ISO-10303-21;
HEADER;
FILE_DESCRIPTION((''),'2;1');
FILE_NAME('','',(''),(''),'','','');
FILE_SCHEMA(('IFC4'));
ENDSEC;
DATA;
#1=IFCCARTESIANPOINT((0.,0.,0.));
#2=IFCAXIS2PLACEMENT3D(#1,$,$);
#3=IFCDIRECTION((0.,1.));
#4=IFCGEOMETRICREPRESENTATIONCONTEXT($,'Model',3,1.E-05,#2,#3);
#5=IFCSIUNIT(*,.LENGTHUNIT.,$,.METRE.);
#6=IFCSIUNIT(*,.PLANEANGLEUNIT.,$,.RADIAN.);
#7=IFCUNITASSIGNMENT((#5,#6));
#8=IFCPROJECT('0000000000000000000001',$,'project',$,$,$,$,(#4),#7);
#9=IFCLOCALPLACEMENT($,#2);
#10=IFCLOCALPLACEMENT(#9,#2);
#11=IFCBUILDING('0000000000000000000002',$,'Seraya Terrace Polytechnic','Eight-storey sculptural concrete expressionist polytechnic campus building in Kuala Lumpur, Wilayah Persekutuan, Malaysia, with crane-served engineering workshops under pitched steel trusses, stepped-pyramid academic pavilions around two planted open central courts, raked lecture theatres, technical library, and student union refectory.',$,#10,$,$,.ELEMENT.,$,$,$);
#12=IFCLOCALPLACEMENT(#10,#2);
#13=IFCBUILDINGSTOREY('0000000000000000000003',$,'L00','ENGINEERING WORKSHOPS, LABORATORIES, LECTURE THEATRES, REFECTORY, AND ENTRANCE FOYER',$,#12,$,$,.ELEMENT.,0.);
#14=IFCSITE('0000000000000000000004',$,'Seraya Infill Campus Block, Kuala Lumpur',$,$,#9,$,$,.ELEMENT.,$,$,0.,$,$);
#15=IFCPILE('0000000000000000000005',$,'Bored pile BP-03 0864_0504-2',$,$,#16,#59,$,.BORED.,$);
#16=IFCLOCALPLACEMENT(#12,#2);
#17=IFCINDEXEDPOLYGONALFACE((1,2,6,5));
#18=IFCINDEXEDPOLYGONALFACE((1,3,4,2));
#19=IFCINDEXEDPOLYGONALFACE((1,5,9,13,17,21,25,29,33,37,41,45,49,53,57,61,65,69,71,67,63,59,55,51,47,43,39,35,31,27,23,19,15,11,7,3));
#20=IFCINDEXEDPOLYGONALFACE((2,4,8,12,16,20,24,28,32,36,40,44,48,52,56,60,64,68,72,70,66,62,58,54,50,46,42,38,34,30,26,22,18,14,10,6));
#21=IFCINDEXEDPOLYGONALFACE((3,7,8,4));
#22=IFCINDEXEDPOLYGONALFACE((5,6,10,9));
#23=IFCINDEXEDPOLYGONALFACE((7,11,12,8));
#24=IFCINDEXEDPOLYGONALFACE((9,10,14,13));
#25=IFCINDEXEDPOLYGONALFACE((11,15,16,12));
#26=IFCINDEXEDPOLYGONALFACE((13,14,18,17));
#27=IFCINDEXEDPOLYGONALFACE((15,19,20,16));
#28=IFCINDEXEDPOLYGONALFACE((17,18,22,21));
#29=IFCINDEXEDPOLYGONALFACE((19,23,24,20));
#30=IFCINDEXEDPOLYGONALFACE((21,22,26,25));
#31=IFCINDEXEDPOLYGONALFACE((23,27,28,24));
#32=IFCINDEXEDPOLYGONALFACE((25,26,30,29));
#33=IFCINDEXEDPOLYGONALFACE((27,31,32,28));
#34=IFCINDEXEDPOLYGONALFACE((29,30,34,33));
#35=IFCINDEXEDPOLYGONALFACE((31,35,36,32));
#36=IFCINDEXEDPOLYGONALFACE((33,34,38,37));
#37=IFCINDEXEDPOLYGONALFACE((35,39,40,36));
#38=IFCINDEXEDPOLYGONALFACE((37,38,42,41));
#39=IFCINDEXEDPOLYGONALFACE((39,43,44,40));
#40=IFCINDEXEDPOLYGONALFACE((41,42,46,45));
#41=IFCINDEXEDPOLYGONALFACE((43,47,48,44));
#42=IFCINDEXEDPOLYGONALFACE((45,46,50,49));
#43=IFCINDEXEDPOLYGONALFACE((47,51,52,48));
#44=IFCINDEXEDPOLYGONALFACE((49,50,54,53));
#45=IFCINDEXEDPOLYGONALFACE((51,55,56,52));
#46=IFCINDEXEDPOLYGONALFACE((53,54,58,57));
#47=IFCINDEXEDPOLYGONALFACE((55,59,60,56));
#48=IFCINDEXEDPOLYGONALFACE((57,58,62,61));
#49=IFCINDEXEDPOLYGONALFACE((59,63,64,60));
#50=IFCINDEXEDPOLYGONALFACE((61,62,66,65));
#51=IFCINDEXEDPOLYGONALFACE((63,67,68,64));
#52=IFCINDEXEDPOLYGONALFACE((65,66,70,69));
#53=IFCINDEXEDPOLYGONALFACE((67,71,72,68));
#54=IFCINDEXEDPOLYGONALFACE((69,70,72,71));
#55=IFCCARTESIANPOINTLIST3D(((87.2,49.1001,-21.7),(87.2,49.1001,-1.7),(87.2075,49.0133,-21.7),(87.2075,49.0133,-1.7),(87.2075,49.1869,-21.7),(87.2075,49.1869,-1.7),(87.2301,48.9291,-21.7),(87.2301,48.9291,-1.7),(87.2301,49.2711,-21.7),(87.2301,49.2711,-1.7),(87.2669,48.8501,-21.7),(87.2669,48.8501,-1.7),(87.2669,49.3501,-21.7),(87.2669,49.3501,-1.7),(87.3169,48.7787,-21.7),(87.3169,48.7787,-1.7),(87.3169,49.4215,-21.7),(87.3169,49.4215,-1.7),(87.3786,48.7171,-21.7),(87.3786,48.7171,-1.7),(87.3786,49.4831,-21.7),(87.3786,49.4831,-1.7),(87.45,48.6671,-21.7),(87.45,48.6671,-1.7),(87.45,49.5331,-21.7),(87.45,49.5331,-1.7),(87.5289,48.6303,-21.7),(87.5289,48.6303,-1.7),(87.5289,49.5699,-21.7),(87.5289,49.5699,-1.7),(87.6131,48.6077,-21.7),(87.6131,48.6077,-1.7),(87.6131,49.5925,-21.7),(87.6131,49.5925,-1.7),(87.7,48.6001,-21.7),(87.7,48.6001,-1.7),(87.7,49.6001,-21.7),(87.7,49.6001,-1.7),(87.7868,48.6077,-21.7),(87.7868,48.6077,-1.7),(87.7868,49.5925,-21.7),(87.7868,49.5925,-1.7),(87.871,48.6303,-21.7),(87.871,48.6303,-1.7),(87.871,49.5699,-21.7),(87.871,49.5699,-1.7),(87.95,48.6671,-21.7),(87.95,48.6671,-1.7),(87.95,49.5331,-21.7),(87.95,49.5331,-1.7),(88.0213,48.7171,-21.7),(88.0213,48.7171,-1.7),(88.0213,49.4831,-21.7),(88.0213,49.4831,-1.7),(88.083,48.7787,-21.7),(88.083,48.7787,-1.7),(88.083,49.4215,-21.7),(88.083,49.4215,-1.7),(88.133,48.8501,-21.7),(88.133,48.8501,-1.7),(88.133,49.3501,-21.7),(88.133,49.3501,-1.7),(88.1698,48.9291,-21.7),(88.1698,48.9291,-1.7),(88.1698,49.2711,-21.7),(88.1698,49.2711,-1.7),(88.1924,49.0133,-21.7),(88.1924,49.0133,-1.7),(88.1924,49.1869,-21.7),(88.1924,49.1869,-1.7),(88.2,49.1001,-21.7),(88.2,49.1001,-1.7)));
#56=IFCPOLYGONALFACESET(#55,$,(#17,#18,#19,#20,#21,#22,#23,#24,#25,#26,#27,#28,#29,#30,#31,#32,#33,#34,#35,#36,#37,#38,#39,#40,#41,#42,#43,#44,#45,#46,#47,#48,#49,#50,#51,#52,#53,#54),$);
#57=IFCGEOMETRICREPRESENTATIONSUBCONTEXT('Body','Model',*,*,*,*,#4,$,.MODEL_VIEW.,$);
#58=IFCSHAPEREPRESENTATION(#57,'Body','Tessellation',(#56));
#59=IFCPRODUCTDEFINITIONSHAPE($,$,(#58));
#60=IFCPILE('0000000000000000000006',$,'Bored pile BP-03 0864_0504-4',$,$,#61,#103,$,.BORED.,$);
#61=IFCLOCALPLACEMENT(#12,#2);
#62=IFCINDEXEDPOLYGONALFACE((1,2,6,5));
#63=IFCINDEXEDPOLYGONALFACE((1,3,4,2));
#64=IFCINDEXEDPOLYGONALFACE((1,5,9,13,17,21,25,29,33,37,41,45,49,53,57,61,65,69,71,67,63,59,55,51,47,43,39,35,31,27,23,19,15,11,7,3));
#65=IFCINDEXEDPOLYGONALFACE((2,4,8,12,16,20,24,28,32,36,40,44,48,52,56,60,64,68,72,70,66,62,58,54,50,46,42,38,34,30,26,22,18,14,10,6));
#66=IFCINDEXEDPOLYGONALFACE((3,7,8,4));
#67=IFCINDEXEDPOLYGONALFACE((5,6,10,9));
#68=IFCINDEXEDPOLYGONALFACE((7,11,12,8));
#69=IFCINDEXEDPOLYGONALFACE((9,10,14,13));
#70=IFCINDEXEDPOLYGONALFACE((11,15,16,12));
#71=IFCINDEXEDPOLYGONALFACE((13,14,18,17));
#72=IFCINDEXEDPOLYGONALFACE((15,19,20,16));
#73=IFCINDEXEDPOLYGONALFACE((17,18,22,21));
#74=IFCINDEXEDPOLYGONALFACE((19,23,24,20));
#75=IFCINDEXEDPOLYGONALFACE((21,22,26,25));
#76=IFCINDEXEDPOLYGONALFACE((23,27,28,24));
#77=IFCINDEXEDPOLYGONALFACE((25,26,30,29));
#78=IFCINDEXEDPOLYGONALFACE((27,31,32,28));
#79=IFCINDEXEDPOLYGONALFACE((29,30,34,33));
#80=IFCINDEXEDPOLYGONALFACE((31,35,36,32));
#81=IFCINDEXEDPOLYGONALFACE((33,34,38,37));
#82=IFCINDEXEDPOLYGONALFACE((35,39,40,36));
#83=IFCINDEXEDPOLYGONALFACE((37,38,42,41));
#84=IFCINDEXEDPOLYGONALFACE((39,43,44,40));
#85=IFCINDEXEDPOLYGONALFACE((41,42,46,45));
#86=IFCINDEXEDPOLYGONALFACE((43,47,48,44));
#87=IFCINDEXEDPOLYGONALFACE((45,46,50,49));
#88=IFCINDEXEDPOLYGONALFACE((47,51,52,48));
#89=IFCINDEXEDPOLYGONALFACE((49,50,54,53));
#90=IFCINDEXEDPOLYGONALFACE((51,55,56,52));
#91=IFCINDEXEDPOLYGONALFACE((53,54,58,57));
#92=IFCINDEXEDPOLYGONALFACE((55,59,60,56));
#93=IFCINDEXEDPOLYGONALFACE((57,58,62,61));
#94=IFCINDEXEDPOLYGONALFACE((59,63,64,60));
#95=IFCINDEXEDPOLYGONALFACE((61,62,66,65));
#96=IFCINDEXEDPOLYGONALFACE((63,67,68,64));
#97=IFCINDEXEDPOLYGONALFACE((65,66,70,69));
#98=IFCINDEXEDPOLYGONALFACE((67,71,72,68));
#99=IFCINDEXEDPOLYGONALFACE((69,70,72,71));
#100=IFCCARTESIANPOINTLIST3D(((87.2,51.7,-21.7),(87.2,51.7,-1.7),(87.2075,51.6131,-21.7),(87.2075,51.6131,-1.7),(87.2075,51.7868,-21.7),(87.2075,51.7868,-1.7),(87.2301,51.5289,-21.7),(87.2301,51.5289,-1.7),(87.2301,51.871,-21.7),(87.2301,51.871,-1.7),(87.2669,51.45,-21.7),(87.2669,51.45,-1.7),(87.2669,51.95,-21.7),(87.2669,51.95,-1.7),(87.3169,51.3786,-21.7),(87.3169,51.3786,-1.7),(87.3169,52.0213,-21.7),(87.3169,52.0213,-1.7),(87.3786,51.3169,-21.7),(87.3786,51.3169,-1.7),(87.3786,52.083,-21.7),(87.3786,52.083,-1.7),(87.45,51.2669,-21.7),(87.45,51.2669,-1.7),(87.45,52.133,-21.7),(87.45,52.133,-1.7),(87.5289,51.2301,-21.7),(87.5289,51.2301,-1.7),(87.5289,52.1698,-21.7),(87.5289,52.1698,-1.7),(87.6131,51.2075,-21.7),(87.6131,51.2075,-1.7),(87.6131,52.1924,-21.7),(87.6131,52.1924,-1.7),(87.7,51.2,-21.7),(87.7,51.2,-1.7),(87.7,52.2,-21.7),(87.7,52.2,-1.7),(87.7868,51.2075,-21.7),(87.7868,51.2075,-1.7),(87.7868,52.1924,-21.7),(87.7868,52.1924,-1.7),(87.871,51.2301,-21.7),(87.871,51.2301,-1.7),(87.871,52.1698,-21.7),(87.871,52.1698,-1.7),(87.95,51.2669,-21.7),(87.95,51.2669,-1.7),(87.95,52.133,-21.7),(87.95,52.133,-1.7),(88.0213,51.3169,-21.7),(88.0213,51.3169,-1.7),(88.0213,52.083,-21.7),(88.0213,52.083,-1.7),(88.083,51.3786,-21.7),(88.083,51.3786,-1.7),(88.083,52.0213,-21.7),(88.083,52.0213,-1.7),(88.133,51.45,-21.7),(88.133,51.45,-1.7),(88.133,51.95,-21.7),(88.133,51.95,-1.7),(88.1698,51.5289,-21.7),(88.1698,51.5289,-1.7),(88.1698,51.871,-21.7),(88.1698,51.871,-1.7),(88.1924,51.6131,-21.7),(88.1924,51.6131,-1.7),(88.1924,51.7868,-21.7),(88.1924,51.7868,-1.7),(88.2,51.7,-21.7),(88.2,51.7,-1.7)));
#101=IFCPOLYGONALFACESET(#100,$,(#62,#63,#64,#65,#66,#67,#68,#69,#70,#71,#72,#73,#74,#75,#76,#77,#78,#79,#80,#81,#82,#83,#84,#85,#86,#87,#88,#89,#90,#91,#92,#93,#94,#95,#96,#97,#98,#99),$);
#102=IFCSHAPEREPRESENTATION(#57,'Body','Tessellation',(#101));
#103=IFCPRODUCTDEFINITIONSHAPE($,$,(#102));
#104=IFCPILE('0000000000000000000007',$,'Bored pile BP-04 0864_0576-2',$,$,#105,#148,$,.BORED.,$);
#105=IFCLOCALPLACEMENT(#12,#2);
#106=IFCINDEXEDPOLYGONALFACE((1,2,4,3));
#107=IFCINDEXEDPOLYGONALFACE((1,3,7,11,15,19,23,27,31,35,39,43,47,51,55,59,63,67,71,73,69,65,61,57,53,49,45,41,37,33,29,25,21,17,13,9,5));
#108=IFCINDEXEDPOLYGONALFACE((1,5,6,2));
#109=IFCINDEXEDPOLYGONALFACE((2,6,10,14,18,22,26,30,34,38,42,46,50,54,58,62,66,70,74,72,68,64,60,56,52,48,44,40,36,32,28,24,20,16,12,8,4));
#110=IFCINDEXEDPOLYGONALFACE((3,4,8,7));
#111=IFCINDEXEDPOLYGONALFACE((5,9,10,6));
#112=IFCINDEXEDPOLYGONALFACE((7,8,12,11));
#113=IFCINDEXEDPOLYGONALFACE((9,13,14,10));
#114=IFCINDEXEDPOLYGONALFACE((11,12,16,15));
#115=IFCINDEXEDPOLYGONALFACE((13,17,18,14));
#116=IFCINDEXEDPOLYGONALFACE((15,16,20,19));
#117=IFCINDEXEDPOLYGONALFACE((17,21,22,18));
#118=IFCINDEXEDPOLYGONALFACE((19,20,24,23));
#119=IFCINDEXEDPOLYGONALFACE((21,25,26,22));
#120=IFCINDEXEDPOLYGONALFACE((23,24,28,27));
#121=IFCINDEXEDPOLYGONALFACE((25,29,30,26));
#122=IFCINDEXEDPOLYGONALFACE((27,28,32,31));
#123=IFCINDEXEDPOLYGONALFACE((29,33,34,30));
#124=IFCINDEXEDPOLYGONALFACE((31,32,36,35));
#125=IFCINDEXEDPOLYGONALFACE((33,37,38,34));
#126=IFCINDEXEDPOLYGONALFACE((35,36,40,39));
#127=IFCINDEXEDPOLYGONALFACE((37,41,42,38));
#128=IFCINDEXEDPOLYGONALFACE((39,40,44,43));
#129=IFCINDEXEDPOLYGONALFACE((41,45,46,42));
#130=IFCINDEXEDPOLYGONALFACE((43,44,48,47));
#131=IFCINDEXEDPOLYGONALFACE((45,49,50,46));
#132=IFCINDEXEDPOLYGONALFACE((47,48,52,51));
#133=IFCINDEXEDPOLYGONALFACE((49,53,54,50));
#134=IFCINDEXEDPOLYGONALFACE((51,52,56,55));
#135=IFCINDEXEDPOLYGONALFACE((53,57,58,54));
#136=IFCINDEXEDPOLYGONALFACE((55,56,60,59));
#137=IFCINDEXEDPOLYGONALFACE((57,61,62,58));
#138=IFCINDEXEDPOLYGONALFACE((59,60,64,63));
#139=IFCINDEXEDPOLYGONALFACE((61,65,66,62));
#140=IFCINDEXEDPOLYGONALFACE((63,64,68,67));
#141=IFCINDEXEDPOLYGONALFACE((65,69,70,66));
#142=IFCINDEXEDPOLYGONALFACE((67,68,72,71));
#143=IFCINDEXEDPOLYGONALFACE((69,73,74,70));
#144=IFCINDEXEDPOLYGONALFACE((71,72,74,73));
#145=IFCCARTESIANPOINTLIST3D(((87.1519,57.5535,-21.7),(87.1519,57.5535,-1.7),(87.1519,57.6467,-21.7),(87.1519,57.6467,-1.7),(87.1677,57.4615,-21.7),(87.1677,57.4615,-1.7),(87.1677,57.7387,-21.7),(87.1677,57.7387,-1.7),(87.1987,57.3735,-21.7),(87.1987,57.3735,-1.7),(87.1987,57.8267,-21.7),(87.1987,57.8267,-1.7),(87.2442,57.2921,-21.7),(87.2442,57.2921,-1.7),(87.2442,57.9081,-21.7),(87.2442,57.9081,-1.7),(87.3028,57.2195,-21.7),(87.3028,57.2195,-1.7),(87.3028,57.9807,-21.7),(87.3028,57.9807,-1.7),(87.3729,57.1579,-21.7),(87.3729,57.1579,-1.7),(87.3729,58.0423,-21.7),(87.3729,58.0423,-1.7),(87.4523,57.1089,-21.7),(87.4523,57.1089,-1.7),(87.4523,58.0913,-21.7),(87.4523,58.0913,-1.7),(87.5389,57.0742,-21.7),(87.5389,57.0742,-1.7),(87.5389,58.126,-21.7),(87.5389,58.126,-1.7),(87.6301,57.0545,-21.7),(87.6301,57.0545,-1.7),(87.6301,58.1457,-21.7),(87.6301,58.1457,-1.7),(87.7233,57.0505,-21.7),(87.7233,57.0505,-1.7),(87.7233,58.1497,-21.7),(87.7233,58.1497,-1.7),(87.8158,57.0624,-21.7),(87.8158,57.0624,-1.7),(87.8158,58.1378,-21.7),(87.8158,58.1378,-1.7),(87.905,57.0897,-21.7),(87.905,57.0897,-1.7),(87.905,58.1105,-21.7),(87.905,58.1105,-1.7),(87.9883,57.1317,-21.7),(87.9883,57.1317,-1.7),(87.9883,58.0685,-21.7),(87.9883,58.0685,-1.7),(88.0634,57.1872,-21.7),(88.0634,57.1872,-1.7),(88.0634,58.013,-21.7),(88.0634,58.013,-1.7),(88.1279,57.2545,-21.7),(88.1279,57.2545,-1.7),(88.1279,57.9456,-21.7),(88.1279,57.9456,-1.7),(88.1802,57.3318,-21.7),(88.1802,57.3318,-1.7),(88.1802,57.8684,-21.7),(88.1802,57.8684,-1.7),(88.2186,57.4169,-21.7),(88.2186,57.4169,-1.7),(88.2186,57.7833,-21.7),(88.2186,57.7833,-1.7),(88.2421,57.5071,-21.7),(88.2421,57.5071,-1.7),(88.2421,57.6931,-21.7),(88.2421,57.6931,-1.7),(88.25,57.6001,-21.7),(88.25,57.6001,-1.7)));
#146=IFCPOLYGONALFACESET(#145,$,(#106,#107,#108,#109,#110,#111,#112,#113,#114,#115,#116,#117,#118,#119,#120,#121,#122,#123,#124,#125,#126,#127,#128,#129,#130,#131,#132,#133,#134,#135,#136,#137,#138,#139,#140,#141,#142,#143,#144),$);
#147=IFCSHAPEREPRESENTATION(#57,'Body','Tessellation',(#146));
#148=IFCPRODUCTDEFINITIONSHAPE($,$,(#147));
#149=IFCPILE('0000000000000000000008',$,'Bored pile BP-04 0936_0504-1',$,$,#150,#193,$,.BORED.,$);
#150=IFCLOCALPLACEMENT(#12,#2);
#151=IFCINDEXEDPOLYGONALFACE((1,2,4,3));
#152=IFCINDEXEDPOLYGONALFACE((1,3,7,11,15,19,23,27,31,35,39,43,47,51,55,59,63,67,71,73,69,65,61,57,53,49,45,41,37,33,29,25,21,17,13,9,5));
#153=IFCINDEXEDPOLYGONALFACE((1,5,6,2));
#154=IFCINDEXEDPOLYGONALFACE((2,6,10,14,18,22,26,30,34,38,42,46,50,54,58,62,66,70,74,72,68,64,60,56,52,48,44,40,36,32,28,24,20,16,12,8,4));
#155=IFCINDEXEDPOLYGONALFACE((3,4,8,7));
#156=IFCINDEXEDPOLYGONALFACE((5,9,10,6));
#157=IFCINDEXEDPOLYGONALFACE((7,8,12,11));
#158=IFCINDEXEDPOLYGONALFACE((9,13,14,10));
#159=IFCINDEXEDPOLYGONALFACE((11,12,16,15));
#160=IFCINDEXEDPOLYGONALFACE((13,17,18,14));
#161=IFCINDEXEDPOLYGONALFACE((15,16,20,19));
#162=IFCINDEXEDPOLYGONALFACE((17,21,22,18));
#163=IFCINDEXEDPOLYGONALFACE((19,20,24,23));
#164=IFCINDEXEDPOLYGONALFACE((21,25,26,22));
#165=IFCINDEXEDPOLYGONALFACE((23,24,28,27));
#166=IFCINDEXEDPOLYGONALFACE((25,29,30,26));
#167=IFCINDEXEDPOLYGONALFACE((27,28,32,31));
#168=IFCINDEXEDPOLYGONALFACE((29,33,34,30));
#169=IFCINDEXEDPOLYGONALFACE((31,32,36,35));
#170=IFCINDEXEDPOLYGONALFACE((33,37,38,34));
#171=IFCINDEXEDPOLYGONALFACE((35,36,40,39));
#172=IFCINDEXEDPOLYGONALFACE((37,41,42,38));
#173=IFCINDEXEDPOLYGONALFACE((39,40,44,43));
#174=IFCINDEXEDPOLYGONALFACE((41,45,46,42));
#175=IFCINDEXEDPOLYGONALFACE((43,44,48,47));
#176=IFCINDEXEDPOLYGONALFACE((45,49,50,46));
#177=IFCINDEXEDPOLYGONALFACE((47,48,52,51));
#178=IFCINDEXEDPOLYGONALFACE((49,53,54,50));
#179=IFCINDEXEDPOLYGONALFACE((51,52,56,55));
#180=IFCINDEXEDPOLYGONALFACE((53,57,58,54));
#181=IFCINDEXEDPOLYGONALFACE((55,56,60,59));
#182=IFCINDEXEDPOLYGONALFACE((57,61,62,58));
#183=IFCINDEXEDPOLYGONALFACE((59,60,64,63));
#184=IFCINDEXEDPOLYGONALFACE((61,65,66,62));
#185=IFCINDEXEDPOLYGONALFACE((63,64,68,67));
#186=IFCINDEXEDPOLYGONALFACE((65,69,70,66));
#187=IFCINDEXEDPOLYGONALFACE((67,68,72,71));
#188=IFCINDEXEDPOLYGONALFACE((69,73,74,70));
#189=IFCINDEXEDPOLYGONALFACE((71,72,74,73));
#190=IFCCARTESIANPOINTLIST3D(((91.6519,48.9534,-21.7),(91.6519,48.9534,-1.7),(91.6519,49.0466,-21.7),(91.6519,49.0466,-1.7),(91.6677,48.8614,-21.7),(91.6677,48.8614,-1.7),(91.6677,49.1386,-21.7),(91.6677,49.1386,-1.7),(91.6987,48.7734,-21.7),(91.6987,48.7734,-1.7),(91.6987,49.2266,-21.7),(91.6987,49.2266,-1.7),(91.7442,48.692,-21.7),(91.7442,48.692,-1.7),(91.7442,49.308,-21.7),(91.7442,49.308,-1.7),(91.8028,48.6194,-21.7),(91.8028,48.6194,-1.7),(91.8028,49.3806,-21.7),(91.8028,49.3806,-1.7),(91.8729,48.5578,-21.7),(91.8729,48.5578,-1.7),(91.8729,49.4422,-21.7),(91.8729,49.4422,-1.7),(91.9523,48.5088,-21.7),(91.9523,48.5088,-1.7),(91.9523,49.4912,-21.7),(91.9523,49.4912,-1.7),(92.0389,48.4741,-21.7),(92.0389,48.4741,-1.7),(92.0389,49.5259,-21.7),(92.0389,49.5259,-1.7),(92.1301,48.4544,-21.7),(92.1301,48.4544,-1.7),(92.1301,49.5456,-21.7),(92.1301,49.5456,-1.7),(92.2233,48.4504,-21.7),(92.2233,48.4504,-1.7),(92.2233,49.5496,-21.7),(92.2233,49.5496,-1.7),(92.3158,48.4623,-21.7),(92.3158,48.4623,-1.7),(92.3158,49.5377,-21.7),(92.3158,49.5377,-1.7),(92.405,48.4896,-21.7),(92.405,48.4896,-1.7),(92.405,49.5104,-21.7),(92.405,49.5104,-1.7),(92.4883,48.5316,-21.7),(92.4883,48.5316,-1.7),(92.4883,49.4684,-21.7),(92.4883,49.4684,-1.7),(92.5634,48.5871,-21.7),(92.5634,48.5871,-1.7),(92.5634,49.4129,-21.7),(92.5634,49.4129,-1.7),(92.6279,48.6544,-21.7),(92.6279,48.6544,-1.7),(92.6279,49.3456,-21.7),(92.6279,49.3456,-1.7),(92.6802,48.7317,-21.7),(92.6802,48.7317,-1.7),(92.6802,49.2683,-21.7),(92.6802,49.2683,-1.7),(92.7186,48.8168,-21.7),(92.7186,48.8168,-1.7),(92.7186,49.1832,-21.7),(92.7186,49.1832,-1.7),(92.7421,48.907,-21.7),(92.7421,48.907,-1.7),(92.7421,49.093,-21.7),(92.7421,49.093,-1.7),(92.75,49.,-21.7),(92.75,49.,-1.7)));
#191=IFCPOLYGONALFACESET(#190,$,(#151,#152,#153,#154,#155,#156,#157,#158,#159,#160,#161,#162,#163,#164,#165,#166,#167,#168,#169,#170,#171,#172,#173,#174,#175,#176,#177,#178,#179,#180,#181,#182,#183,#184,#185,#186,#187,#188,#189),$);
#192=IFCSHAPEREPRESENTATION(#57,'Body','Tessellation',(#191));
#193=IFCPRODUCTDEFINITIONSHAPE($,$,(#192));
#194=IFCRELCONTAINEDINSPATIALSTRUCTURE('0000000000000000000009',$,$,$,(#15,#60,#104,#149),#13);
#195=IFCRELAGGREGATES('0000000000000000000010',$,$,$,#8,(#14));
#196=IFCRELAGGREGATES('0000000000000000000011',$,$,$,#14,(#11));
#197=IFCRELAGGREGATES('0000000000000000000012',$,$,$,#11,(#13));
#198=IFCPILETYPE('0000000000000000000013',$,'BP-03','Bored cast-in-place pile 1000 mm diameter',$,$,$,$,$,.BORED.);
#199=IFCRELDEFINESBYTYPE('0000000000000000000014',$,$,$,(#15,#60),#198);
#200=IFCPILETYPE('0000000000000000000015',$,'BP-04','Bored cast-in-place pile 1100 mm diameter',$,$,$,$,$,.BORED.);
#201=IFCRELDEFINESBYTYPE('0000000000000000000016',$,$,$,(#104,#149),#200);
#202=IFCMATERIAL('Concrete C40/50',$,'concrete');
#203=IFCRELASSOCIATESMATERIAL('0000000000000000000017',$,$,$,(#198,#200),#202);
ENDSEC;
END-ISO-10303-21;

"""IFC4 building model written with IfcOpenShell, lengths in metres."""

from ifc_helpers import new_model, si_unit, direction, frame, origin, origin_2d, place, context, subcontext, project, spatial, circle, extrude, material, material_profile, profile_set, type_object, element, save


model = new_model("IFC4")

# Units and contexts
model_context = context("Model", 3, precision=1e-05, world=origin(), true_north=direction((0.0, 1.0)))
body_context = subcontext(model_context, "Body", "Model", "MODEL_VIEW")
ifc_project = project(units=[si_unit("LENGTHUNIT", "METRE"), si_unit("PLANEANGLEUNIT", "RADIAN")], contexts=[model_context])

# Site, building, storey
site_placement = place(None, origin())
site = spatial("IfcSite", under=ifc_project, at=site_placement, Name="Seraya Infill Campus Block, Kuala Lumpur", CompositionType="ELEMENT", RefElevation=0.0)
building_placement = place(site_placement, origin())
building = spatial("IfcBuilding", under=site, at=building_placement, Name="Seraya Terrace Polytechnic", Description="Eight-storey sculptural concrete expressionist polytechnic campus building in Kuala Lumpur, Wilayah Persekutuan, Malaysia, with crane-served engineering workshops under pitched steel trusses, stepped-pyramid academic pavilions around two planted open central courts, raked lecture theatres, technical library, and student union refectory.", CompositionType="ELEMENT")
storey_placement = place(building_placement, origin())
storey = spatial("IfcBuildingStorey", under=building, at=storey_placement, Name="L00", Description="ENGINEERING WORKSHOPS, LABORATORIES, LECTURE THEATRES, REFECTORY, AND ENTRANCE FOYER", CompositionType="ELEMENT", Elevation=0.0)

# Piles
ifc_material_1 = material(Name="Concrete C40/50", Category="concrete")
ifc_material_profile_1 = material_profile(ifc_material_1, circle(Radius=0.5, at=origin_2d()), Name="DIA 1000")
ifc_profile_set_1 = profile_set([ifc_material_profile_1], Name="Concrete C40/50")
pile_type_1 = type_object("IfcPileType", Name="BP-03", Description="Bored cast-in-place pile 1000 mm diameter", PredefinedType="BORED", material=ifc_profile_set_1)
for number, where, z_axis, x_axis, name in (
    (1, (87.7, 49.1001, -1.7), (0.0, 0.0, -1.0), (1.0, 0.0, 0.0), "Bored pile BP-03 0864_0504-2"),
    (2, (87.7, 51.7, -1.7), (0.0, 0.0, -1.0), (1.0, 0.0, 0.0), "Bored pile BP-03 0864_0504-4"),
):
    element("IfcPile", number, at=place(storey_placement, frame(where, z_axis=z_axis, x_axis=x_axis)), inside=storey, type_object=pile_type_1, Name=name, PredefinedType="BORED", context=body_context, shape_type="SweptSolid", body=[
        extrude(circle(Radius=0.5, at=origin_2d()), origin(), (0.0, 0.0, 1.0), 20.0),
    ])
ifc_material_profile_2 = material_profile(ifc_material_1, circle(Radius=0.55, at=origin_2d()), Name="DIA 1100")
ifc_profile_set_2 = profile_set([ifc_material_profile_2], Name="Concrete C40/50")
pile_type_2 = type_object("IfcPileType", Name="BP-04", Description="Bored cast-in-place pile 1100 mm diameter", PredefinedType="BORED", material=ifc_profile_set_2)
for number, where, z_axis, x_axis, name in (
    (3, (87.7, 57.6001, -1.7), (0.0, 0.0, -1.0), (1.0, 0.0, 0.0), "Bored pile BP-04 0864_0576-2"),
    (4, (92.2, 49.0, -1.7), (0.0, 0.0, -1.0), (1.0, 0.0, 0.0), "Bored pile BP-04 0936_0504-1"),
):
    element("IfcPile", number, at=place(storey_placement, frame(where, z_axis=z_axis, x_axis=x_axis)), inside=storey, type_object=pile_type_2, Name=name, PredefinedType="BORED", context=body_context, shape_type="SweptSolid", body=[
        extrude(circle(Radius=0.55, at=origin_2d()), origin(), (0.0, 0.0, 1.0), 20.0),
    ])

save(model, "model.ifc")
